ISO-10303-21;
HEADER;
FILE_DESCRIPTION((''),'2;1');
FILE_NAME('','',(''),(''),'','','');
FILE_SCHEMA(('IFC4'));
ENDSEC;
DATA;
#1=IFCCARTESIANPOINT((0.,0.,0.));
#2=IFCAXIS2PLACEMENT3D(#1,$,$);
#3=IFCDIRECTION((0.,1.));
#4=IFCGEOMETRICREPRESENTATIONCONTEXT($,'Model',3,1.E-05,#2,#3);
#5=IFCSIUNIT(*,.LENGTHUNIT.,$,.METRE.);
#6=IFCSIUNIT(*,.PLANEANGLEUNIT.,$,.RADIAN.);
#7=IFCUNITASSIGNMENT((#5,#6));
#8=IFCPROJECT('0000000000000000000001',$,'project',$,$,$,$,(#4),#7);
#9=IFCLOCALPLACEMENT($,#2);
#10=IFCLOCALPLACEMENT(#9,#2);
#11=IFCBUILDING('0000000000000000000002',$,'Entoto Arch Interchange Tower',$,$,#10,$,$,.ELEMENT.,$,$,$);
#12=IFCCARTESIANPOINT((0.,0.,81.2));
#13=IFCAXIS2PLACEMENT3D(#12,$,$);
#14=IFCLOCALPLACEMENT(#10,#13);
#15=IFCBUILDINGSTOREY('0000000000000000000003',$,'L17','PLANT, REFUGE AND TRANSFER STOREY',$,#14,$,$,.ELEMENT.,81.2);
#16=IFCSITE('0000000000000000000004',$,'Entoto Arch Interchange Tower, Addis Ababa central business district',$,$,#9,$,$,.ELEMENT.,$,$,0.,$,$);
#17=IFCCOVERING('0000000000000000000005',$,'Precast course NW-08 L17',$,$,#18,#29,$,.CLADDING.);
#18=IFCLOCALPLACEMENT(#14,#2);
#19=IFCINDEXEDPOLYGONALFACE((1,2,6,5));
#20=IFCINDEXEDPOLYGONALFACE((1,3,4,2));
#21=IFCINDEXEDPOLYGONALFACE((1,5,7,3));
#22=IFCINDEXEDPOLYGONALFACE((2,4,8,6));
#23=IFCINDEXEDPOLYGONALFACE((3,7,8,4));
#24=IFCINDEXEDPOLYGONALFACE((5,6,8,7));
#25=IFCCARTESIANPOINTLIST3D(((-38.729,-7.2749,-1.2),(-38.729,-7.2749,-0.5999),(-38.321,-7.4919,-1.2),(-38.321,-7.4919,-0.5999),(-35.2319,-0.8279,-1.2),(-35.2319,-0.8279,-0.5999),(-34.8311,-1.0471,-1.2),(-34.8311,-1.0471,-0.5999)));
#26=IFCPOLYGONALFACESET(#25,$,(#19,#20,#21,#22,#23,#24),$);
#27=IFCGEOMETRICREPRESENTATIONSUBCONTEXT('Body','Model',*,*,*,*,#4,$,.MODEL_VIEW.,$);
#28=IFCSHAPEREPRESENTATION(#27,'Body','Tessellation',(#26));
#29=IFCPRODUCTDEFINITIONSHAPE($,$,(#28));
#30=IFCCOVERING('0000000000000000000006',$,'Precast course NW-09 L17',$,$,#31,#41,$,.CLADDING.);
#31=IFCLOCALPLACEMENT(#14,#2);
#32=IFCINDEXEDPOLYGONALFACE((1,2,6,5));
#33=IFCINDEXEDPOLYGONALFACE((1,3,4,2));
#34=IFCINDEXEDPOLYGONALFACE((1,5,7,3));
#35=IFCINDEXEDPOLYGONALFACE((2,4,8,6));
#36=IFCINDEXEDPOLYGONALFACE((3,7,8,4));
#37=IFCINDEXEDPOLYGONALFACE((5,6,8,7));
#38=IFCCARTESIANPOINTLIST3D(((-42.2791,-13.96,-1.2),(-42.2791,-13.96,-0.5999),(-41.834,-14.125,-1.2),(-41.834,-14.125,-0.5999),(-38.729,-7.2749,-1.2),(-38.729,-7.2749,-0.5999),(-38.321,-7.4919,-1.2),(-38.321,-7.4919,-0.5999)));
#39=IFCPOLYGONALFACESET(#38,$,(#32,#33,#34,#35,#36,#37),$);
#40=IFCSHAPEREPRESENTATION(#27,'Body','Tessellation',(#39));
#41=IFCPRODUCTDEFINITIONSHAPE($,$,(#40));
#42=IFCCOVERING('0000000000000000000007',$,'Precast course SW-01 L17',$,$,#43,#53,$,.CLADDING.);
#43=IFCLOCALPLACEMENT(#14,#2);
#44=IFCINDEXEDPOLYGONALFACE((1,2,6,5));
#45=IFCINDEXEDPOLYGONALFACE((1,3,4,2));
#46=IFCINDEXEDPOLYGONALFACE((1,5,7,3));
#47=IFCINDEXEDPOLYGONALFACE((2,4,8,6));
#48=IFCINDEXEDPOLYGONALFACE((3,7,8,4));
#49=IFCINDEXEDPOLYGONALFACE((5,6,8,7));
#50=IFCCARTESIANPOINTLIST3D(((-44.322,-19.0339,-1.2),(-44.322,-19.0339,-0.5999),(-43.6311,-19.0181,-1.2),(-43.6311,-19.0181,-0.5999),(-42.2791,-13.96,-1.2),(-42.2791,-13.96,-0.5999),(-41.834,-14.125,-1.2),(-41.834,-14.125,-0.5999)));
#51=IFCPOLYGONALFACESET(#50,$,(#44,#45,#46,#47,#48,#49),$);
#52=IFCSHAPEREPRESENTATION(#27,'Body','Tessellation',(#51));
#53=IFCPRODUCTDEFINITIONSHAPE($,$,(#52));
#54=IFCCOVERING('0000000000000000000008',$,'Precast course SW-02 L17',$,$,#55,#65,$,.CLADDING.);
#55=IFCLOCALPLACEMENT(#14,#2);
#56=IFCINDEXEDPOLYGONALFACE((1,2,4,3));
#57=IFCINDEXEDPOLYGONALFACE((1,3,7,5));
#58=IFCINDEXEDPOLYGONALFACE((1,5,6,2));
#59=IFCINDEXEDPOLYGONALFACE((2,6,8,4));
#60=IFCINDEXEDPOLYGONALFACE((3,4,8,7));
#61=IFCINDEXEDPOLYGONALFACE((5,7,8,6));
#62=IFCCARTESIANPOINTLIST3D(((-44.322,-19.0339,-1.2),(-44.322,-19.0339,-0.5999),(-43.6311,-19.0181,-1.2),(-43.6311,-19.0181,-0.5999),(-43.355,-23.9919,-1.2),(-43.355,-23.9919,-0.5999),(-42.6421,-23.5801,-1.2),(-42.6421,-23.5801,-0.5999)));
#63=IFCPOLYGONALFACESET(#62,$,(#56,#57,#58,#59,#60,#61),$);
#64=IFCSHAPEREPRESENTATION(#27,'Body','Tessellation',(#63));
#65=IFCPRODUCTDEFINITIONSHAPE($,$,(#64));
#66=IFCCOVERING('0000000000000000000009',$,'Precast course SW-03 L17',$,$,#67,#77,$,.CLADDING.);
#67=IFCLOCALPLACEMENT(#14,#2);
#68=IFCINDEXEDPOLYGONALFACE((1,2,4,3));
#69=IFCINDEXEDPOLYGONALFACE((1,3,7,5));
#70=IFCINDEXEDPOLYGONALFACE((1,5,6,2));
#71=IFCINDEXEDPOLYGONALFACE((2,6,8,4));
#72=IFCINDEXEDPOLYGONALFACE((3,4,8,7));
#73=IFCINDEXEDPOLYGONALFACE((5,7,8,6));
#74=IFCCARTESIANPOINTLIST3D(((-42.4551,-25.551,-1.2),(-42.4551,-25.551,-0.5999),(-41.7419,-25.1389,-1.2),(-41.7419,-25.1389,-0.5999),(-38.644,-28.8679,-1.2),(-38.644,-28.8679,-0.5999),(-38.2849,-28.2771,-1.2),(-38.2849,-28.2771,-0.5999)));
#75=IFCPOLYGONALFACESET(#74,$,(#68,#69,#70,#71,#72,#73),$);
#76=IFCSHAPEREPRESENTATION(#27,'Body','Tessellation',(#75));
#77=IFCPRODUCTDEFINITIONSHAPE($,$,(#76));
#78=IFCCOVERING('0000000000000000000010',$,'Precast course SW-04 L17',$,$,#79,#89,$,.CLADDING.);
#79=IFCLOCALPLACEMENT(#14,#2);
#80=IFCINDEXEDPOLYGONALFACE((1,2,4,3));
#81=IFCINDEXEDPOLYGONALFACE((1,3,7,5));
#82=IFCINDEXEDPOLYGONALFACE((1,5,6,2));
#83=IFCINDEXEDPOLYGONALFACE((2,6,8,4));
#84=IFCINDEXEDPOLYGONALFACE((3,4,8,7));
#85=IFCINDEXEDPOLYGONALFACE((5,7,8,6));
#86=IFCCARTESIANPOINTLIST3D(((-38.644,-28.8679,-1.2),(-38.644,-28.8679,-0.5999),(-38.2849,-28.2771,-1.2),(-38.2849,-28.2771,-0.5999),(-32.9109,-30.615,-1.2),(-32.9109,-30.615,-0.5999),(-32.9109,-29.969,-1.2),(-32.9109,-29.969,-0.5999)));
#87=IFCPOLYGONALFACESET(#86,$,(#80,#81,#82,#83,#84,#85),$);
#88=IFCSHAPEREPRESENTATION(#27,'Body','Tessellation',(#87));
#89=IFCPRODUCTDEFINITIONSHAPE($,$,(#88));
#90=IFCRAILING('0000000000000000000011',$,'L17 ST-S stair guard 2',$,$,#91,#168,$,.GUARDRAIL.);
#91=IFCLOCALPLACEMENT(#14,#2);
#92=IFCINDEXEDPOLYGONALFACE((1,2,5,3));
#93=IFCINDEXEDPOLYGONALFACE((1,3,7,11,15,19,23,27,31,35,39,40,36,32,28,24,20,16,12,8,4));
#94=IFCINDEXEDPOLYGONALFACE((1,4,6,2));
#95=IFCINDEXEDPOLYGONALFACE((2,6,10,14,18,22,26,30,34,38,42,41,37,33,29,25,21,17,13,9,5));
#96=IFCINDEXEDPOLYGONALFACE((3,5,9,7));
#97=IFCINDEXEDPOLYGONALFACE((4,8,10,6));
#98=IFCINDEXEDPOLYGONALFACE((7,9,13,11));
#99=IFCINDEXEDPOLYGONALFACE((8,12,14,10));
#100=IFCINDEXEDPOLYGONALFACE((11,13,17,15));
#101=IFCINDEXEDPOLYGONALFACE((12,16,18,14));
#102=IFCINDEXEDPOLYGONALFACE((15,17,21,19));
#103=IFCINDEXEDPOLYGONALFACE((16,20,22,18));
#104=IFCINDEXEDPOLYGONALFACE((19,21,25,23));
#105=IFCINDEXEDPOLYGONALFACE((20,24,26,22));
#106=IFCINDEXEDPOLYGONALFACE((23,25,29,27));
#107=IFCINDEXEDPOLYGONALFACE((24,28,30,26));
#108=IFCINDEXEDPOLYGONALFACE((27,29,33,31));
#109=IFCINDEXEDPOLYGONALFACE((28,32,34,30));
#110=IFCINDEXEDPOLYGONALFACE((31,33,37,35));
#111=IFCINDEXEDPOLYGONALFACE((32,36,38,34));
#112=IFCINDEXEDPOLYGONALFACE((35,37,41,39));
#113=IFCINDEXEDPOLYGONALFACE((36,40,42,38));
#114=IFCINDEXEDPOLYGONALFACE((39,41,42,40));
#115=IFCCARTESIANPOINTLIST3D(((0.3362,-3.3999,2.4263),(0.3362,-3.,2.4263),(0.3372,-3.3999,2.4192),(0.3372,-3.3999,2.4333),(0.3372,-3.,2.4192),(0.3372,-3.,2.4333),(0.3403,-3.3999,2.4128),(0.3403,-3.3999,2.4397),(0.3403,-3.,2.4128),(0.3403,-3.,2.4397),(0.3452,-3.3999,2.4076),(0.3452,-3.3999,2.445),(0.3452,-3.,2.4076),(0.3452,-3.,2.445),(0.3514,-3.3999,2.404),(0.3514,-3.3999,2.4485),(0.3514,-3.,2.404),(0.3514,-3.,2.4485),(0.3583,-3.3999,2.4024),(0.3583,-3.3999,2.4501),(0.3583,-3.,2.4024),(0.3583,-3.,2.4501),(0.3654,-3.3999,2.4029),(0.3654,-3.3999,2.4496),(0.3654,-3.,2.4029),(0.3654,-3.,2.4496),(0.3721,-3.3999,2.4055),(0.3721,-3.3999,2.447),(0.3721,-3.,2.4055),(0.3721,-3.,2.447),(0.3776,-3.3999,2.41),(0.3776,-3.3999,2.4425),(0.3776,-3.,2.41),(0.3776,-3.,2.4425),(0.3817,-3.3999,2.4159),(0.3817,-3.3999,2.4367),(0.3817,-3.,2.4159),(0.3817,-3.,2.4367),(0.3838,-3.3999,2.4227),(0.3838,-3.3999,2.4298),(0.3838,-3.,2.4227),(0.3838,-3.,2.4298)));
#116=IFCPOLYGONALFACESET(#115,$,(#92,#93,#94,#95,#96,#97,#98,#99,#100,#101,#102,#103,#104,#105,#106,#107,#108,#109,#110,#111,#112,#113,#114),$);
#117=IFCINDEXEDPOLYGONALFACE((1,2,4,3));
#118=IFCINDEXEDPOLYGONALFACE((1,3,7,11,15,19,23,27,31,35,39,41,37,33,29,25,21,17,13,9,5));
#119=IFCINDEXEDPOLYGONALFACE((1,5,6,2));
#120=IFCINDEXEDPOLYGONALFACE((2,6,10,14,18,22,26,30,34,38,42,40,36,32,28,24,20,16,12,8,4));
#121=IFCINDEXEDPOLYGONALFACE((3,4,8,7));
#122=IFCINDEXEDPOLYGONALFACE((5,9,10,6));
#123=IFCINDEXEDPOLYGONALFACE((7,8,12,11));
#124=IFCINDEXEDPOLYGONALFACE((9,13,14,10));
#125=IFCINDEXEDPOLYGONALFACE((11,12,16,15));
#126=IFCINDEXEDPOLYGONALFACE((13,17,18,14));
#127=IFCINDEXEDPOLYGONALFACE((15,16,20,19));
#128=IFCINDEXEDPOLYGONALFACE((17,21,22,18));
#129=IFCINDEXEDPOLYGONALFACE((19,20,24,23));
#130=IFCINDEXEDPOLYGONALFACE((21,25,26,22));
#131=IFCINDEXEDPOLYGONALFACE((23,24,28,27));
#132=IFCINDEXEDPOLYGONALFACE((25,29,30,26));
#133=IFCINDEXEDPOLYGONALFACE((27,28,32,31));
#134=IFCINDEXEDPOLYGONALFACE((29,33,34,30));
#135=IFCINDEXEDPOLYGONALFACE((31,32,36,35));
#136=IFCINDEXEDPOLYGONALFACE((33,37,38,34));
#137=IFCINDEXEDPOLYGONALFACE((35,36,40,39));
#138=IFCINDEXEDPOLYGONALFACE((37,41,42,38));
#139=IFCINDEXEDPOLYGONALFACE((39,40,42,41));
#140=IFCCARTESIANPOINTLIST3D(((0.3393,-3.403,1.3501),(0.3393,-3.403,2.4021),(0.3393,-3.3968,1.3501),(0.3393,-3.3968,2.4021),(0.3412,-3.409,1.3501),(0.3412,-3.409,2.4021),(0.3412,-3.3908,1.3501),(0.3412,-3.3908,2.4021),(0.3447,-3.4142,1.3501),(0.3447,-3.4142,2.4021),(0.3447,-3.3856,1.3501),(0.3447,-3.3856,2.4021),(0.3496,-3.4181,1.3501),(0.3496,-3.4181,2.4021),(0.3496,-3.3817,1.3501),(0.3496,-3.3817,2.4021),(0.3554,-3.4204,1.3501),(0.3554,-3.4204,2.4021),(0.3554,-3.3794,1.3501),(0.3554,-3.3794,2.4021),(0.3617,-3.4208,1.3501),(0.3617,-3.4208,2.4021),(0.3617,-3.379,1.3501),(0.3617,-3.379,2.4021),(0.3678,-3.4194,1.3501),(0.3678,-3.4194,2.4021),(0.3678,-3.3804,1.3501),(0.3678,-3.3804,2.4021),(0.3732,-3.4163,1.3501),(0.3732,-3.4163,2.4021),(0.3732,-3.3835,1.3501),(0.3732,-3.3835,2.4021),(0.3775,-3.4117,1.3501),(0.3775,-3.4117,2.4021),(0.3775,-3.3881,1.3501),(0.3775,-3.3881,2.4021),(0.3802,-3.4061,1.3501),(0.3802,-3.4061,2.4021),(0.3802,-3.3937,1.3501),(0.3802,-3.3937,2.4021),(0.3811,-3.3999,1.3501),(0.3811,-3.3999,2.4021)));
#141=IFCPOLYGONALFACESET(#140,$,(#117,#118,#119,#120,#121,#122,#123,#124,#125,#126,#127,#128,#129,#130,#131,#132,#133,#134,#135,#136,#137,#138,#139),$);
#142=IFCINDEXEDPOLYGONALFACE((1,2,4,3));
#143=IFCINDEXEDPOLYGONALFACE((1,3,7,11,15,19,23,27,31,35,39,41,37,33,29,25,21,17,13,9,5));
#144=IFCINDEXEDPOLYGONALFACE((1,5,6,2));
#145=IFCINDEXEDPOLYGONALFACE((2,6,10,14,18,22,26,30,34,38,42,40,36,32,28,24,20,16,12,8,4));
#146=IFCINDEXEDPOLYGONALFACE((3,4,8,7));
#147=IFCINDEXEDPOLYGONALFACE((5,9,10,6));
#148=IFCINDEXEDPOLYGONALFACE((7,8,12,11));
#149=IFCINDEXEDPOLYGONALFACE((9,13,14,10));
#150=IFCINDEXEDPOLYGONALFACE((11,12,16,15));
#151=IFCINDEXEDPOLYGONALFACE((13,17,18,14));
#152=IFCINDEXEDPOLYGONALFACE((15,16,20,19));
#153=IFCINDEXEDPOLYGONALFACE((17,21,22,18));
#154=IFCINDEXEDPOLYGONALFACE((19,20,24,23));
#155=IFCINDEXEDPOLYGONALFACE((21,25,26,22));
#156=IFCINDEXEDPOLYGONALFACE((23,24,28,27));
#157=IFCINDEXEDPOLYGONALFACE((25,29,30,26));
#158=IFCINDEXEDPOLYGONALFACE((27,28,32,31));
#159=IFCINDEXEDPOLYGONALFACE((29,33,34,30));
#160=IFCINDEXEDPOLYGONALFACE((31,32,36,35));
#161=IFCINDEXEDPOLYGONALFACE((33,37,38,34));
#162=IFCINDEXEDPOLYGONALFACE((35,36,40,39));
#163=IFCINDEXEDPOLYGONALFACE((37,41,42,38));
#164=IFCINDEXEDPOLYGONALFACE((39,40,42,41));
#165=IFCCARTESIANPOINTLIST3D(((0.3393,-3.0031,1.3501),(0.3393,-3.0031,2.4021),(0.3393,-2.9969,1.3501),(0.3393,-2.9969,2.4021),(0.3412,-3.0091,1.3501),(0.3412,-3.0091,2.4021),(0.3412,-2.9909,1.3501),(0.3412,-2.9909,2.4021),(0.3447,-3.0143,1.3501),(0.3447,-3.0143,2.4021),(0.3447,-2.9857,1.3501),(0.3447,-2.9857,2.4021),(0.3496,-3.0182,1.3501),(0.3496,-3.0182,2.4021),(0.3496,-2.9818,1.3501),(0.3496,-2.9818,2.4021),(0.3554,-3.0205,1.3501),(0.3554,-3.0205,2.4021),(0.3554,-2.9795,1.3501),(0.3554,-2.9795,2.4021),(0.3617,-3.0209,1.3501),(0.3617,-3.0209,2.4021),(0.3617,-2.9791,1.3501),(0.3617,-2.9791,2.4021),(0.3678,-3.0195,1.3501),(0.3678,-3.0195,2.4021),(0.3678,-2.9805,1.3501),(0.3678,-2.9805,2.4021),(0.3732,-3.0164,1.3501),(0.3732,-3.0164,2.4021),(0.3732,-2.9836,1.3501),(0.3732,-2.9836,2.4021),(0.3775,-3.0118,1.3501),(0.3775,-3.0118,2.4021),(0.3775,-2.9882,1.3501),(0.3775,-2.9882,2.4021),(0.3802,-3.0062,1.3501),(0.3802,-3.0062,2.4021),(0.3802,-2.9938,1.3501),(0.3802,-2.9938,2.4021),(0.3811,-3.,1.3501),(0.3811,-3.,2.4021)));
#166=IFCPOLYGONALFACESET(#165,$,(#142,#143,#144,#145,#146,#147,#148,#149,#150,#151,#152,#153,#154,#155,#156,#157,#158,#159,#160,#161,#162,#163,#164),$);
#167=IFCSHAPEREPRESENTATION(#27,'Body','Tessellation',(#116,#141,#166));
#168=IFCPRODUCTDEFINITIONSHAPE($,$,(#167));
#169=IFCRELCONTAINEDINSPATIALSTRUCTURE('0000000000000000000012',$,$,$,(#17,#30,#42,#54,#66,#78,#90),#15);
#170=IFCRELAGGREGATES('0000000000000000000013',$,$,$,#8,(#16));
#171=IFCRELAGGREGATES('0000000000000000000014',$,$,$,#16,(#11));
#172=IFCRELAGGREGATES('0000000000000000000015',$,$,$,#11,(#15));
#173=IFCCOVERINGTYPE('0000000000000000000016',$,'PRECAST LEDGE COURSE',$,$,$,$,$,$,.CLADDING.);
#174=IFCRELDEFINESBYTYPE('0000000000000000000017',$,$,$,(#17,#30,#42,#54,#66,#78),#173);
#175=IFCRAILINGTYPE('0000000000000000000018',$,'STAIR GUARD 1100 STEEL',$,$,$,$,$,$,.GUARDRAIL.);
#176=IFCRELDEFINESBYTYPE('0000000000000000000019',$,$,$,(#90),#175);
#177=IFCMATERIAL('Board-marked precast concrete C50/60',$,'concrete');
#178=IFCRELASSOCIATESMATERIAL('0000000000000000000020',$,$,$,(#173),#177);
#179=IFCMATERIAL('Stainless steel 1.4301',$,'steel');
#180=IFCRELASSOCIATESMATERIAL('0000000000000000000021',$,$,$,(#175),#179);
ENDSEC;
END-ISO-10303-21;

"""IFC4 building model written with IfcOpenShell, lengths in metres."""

from ifc_helpers import new_model, si_unit, direction, frame, origin, origin_2d, place, context, subcontext, project, spatial, polyline, circle, outline, extrude, material, type_object, element, save


model = new_model("IFC4")

# Units and contexts
model_context = context("Model", 3, precision=1e-05, world=origin(), true_north=direction((0.0, 1.0)))
body_context = subcontext(model_context, "Body", "Model", "MODEL_VIEW")
ifc_project = project(units=[si_unit("LENGTHUNIT", "METRE"), si_unit("PLANEANGLEUNIT", "RADIAN")], contexts=[model_context])

# Site, building, storey
site_placement = place(None, origin())
site = spatial("IfcSite", under=ifc_project, at=site_placement, Name="Entoto Arch Interchange Tower, Addis Ababa central business district", CompositionType="ELEMENT", RefElevation=0.0)
building_placement = place(site_placement, origin())
building = spatial("IfcBuilding", under=site, at=building_placement, Name="Entoto Arch Interchange Tower", CompositionType="ELEMENT")
storey_placement = place(building_placement, frame((0.0, 0.0, 81.2)))
storey = spatial("IfcBuildingStorey", under=building, at=storey_placement, Name="L17", Description="PLANT, REFUGE AND TRANSFER STOREY", CompositionType="ELEMENT", Elevation=81.2)

# Coverings
ifc_material_1 = material(Name="Board-marked precast concrete C50/60", Category="concrete")
covering_type_1 = type_object("IfcCoveringType", Name="PRECAST LEDGE COURSE", PredefinedType="CLADDING", material=ifc_material_1)
covering_1_placement = place(storey_placement, frame((0.0, 0.0, -1.2)))
element("IfcCovering", 1, at=covering_1_placement, inside=storey, type_object=covering_type_1, Name="Precast course NW-08 L17", PredefinedType="CLADDING", context=body_context, shape_type="SweptSolid", body=[
    extrude(outline(polyline([(-38.321, -7.4919), (-38.729, -7.2749), (-35.2319, -0.8279), (-34.8311, -1.0471), (-38.321, -7.4919)])), origin(), (0.0, 0.0, 1.0), 0.6001),
])
covering_2_placement = place(storey_placement, frame((0.0, 0.0, -1.2)))
element("IfcCovering", 2, at=covering_2_placement, inside=storey, type_object=covering_type_1, Name="Precast course NW-09 L17", PredefinedType="CLADDING", context=body_context, shape_type="SweptSolid", body=[
    extrude(outline(polyline([(-41.834, -14.125), (-42.2791, -13.96), (-38.729, -7.2749), (-38.321, -7.4919), (-41.834, -14.125)])), origin(), (0.0, 0.0, 1.0), 0.6001),
])
covering_3_placement = place(storey_placement, frame((0.0, 0.0, -1.2)))
element("IfcCovering", 3, at=covering_3_placement, inside=storey, type_object=covering_type_1, Name="Precast course SW-01 L17", PredefinedType="CLADDING", context=body_context, shape_type="SweptSolid", body=[
    extrude(outline(polyline([(-43.6311, -19.0181), (-44.322, -19.0339), (-42.2791, -13.96), (-41.834, -14.125), (-43.6311, -19.0181)])), origin(), (0.0, 0.0, 1.0), 0.6001),
])
covering_4_placement = place(storey_placement, frame((0.0, 0.0, -1.2)))
element("IfcCovering", 4, at=covering_4_placement, inside=storey, type_object=covering_type_1, Name="Precast course SW-02 L17", PredefinedType="CLADDING", context=body_context, shape_type="SweptSolid", body=[
    extrude(outline(polyline([(-42.6421, -23.5801), (-43.355, -23.9919), (-44.322, -19.0339), (-43.6311, -19.0181), (-42.6421, -23.5801)])), origin(), (0.0, 0.0, 1.0), 0.6001),
])
covering_5_placement = place(storey_placement, frame((0.0, 0.0, -1.2)))
element("IfcCovering", 5, at=covering_5_placement, inside=storey, type_object=covering_type_1, Name="Precast course SW-03 L17", PredefinedType="CLADDING", context=body_context, shape_type="SweptSolid", body=[
    extrude(outline(polyline([(-38.2849, -28.2771), (-38.644, -28.8679), (-42.4551, -25.551), (-41.7419, -25.1389), (-38.2849, -28.2771)])), origin(), (0.0, 0.0, 1.0), 0.6001),
])
covering_6_placement = place(storey_placement, frame((0.0, 0.0, -1.2)))
element("IfcCovering", 6, at=covering_6_placement, inside=storey, type_object=covering_type_1, Name="Precast course SW-04 L17", PredefinedType="CLADDING", context=body_context, shape_type="SweptSolid", body=[
    extrude(outline(polyline([(-32.9109, -29.969), (-32.9109, -30.615), (-38.644, -28.8679), (-38.2849, -28.2771), (-32.9109, -29.969)])), origin(), (0.0, 0.0, 1.0), 0.6001),
])

# Railing
ifc_material_2 = material(Name="Stainless steel 1.4301", Category="steel")
railing_type_1 = type_object("IfcRailingType", Name="STAIR GUARD 1100 STEEL", PredefinedType="GUARDRAIL", material=ifc_material_2)
railing_1_placement = place(storey_placement, frame((0.3601, -3.3999, 1.3501)))
element("IfcRailing", 7, at=railing_1_placement, inside=storey, type_object=railing_type_1, Name="L17 ST-S stair guard 2", PredefinedType="GUARDRAIL", context=body_context, shape_type="SweptSolid", body=[
    extrude(circle(Radius=0.0239, at=origin_2d()), frame((0.0, 0.0, 1.0762), z_axis=(0.0, 1.0, 0.0), x_axis=(-1.0, 0.0, 0.0)), (0.0, 0.0, 1.0), 0.3999),
    extrude(circle(Radius=0.021, at=origin_2d()), origin(), (0.0, 0.0, 1.0), 1.052),
    extrude(circle(Radius=0.021, at=origin_2d()), frame((0.0, 0.3999, 0.0)), (0.0, 0.0, 1.0), 1.052),
])

save(model, "model.ifc")
